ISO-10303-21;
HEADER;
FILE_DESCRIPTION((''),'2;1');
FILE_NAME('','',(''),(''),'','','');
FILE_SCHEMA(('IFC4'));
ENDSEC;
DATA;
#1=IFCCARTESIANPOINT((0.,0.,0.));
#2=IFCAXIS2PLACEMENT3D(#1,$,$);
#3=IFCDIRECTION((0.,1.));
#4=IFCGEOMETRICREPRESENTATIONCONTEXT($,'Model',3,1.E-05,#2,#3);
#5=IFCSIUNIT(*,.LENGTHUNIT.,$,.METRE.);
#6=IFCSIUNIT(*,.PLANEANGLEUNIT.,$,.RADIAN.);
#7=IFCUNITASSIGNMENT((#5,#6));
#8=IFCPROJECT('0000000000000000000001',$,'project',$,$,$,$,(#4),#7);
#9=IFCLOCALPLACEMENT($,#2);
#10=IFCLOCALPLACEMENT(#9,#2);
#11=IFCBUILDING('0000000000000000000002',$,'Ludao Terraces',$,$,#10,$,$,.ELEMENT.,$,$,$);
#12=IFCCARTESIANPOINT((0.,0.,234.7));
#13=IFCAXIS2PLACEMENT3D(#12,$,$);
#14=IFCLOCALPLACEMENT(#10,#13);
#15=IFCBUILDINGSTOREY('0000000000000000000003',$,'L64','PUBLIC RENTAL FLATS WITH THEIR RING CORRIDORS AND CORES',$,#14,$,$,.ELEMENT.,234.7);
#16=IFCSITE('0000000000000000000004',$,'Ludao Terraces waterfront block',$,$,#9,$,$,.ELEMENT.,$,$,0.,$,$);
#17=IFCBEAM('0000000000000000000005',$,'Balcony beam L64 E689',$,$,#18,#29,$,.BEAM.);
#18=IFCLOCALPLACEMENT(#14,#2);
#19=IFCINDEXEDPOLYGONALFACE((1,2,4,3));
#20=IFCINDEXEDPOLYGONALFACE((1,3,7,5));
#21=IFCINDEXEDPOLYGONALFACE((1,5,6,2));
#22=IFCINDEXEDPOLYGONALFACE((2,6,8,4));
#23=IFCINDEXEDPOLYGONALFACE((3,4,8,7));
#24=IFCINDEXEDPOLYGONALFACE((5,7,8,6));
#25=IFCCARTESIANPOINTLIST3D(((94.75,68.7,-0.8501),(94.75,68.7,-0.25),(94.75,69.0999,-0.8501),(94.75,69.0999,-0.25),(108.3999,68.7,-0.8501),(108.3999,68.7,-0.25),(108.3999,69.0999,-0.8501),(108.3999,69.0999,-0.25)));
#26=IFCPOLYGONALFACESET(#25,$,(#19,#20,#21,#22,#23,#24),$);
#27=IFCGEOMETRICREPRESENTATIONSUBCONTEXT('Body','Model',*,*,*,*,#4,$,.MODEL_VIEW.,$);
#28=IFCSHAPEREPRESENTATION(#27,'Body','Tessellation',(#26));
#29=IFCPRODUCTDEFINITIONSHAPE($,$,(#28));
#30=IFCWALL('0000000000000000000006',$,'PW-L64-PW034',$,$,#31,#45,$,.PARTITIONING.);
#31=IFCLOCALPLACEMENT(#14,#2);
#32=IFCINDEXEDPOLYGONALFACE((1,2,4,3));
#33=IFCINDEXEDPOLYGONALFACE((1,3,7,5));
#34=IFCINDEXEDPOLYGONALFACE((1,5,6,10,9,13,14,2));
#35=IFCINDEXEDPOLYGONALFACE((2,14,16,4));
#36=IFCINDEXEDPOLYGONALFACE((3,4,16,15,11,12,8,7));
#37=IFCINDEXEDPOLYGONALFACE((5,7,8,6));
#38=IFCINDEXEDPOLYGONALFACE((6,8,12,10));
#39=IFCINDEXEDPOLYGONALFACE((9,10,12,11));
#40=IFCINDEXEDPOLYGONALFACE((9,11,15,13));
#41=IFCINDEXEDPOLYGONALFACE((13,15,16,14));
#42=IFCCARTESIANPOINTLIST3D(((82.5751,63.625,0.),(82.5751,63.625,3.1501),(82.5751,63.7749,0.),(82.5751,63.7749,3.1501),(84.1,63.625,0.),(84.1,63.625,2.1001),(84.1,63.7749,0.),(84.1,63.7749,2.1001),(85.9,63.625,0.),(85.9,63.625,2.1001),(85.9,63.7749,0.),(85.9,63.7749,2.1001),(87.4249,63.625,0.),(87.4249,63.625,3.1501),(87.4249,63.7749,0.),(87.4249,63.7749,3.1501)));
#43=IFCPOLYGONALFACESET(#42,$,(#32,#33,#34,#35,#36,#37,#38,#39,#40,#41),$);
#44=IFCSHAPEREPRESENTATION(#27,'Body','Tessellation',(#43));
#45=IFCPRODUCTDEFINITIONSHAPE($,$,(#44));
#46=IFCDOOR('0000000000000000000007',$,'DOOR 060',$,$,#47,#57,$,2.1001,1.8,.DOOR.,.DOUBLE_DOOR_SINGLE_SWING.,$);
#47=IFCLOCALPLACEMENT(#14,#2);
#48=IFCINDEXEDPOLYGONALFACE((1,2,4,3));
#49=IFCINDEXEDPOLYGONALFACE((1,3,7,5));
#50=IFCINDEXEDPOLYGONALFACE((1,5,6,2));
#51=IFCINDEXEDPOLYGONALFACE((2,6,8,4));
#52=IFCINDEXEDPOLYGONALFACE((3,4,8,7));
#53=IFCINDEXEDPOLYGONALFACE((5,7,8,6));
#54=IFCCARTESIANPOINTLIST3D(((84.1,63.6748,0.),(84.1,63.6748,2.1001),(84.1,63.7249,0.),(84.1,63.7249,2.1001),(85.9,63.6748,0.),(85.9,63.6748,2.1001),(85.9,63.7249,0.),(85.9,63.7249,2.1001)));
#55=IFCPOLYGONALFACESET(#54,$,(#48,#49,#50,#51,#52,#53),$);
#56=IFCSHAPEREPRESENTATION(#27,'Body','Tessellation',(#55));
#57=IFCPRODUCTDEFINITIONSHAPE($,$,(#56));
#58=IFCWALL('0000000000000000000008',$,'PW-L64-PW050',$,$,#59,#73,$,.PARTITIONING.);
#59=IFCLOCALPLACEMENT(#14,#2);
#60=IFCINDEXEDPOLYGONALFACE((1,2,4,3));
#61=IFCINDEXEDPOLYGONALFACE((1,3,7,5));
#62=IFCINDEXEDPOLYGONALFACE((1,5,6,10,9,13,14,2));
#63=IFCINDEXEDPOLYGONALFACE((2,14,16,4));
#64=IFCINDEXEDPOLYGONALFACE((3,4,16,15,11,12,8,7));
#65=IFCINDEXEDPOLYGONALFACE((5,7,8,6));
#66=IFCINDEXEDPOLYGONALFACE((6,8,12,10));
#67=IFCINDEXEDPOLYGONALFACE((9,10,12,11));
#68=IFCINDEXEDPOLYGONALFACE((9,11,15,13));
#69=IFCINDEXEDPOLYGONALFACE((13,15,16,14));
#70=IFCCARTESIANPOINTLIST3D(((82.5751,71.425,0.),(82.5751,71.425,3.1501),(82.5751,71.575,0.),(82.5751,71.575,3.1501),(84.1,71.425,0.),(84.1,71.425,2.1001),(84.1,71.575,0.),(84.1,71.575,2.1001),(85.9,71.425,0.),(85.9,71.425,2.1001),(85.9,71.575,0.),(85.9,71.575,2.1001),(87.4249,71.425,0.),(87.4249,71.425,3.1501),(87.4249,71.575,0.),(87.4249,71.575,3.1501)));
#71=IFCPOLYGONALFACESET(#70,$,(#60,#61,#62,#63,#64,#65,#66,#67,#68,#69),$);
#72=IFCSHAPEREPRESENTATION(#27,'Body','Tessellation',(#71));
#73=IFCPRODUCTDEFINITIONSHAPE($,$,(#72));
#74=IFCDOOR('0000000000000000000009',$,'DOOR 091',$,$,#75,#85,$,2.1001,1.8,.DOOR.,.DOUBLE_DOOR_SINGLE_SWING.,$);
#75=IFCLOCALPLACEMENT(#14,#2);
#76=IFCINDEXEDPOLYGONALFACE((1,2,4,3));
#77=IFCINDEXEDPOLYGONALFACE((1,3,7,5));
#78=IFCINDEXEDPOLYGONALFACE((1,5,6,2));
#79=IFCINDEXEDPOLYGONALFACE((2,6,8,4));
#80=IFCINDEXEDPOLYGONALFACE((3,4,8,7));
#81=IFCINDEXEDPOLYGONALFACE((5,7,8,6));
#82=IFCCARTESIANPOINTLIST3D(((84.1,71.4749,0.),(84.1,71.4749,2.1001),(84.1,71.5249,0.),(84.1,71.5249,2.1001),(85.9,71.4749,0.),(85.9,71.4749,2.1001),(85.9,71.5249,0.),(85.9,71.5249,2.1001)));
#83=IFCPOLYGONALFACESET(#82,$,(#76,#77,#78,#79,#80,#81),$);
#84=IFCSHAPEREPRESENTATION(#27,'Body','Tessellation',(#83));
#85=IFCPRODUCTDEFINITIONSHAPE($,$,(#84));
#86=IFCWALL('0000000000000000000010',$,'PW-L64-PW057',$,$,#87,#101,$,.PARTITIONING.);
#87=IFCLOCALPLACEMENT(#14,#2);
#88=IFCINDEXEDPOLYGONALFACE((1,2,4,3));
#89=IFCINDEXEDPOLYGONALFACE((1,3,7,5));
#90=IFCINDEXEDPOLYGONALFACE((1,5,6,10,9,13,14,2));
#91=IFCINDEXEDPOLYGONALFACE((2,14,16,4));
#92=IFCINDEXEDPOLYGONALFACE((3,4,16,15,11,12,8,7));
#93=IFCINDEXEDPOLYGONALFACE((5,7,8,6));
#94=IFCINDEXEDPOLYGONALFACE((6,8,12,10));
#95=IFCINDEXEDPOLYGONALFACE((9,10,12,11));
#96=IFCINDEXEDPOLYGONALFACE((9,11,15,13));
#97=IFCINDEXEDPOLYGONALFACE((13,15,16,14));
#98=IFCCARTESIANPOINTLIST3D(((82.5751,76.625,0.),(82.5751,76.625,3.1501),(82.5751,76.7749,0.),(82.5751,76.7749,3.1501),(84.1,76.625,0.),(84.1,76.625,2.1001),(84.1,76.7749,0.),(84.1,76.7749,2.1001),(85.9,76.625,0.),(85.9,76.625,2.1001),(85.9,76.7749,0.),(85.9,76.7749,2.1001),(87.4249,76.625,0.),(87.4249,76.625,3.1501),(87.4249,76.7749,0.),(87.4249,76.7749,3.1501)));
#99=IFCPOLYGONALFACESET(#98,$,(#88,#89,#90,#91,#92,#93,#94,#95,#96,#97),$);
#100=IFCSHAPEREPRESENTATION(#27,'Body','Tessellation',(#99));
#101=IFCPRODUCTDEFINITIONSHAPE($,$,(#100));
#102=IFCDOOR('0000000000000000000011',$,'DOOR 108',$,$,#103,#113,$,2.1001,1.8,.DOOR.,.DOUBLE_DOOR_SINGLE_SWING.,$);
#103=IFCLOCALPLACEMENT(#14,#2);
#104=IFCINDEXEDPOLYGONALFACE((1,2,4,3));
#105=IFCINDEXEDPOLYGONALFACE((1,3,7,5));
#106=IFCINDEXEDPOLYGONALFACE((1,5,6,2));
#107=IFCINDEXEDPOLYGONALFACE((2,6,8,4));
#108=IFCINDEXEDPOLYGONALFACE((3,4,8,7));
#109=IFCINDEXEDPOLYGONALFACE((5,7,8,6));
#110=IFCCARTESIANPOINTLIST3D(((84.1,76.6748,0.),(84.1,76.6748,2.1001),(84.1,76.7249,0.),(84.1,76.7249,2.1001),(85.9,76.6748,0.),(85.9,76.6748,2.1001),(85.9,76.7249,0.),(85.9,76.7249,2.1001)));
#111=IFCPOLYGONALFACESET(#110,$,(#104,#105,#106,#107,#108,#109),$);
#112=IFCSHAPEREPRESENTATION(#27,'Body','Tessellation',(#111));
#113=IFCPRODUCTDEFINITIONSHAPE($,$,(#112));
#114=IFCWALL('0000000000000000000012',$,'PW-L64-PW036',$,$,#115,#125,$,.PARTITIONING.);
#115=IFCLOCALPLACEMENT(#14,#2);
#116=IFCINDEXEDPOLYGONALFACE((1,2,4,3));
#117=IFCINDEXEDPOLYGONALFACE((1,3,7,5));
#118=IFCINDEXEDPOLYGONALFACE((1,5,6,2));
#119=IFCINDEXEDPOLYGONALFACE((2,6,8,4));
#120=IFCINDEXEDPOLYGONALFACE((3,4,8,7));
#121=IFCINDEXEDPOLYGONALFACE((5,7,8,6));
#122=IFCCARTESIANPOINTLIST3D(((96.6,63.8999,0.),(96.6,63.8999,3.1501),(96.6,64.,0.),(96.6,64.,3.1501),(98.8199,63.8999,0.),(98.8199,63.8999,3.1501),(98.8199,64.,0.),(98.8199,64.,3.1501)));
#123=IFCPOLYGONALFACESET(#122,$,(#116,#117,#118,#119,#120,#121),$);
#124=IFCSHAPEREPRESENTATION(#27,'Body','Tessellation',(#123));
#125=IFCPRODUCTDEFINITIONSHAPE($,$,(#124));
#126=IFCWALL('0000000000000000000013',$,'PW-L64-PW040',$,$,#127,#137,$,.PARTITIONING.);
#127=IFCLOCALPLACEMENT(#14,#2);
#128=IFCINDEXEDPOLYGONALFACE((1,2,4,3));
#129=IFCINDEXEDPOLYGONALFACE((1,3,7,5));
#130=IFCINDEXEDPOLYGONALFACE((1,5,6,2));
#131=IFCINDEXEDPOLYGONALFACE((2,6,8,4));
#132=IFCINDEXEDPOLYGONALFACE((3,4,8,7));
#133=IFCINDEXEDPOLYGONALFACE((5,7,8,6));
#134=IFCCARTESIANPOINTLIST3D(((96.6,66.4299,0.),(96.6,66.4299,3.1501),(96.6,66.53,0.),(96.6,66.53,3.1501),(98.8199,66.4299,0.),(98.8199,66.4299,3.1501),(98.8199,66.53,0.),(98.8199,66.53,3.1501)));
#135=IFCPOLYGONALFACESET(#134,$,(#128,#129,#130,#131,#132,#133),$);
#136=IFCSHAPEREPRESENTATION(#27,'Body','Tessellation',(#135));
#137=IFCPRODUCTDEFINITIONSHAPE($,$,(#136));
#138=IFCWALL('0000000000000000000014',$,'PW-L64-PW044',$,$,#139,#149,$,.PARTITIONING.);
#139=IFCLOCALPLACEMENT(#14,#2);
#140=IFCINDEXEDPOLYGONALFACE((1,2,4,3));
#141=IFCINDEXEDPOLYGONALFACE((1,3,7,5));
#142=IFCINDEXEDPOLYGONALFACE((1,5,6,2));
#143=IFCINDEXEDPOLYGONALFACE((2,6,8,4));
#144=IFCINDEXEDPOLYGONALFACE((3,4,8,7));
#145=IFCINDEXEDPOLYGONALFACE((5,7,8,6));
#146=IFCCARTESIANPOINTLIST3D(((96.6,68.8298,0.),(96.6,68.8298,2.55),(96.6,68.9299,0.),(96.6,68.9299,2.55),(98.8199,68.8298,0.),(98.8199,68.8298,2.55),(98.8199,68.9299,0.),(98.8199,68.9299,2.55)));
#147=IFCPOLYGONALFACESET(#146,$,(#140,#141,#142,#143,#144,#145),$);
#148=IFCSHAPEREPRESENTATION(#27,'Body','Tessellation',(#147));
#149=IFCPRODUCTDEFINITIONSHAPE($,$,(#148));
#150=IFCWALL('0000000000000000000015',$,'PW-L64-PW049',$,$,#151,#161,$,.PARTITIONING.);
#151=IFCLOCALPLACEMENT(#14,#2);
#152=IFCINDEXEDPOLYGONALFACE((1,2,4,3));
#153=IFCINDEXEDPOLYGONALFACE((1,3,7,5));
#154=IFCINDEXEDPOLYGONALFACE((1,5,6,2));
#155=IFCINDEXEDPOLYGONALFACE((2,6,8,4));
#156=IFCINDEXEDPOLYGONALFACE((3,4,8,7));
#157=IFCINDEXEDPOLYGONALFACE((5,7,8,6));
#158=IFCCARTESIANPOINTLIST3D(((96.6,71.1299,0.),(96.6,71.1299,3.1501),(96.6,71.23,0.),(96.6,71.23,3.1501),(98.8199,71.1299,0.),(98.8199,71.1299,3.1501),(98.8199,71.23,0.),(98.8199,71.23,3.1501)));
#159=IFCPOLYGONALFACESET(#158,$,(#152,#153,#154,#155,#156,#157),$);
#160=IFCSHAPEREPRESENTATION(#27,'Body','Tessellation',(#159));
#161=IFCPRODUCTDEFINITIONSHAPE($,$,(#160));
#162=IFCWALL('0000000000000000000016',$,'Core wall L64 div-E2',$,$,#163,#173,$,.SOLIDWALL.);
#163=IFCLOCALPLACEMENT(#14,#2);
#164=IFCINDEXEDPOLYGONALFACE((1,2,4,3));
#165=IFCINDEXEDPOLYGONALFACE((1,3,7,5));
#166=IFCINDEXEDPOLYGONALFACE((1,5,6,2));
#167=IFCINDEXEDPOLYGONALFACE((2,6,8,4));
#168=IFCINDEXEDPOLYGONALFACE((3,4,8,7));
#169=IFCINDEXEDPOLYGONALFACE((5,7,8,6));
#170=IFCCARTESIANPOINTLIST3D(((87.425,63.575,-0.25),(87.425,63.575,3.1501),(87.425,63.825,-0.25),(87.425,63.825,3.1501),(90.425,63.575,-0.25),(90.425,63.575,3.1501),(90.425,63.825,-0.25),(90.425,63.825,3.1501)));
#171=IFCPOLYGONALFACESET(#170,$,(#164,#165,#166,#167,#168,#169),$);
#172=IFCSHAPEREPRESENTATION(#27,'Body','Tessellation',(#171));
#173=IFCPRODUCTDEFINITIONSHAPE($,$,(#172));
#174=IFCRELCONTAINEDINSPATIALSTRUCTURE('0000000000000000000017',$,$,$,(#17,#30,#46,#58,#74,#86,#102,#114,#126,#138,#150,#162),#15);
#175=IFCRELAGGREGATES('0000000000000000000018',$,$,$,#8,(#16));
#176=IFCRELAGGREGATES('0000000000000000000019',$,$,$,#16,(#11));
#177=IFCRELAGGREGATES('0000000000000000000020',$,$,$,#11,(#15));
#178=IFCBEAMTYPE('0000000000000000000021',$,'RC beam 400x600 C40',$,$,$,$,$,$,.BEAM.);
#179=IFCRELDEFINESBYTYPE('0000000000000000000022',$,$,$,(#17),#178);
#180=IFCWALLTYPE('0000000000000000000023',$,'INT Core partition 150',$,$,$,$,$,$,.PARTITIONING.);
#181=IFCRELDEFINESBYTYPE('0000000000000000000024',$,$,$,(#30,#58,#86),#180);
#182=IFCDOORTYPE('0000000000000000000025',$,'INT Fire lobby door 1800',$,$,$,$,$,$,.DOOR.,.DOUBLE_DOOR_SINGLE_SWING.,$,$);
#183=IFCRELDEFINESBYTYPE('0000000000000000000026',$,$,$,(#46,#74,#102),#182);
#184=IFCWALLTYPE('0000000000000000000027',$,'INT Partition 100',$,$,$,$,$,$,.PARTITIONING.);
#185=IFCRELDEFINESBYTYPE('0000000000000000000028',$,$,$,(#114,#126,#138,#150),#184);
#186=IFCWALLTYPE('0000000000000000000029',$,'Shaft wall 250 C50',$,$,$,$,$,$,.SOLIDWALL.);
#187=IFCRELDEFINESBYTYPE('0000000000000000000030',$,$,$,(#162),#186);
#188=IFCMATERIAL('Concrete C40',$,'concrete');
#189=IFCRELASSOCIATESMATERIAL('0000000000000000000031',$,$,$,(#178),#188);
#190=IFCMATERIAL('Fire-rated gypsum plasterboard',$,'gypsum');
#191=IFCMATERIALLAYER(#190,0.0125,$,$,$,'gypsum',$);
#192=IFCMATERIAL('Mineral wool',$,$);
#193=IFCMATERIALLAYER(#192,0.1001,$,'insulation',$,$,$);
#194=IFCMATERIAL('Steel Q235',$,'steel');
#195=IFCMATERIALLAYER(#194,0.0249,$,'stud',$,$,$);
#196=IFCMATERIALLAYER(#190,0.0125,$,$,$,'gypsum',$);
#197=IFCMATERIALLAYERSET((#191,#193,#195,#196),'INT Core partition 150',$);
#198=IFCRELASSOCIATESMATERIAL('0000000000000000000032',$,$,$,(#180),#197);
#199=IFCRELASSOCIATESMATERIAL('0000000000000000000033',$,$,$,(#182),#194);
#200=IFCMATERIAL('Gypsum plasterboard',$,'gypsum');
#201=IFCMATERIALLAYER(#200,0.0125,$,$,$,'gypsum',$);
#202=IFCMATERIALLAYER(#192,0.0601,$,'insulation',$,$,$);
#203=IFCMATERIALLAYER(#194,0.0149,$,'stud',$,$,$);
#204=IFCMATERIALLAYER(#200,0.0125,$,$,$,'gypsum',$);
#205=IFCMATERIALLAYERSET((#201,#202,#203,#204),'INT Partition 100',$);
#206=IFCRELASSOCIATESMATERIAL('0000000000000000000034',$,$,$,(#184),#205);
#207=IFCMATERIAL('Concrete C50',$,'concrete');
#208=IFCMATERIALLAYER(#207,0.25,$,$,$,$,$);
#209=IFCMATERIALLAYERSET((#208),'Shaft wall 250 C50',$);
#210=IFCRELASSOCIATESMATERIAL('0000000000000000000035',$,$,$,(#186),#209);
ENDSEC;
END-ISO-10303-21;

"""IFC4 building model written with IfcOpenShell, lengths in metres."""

from ifc_helpers import new_model, si_unit, direction, frame, frame_2d, origin, origin_2d, place, context, subcontext, project, spatial, rectangle, extrude, material, layer, layer_set, material_profile, profile_set, type_object, element, fill, save


model = new_model("IFC4")

# Units and contexts
model_context = context("Model", 3, precision=1e-05, world=origin(), true_north=direction((0.0, 1.0)))
body_context = subcontext(model_context, "Body", "Model", "MODEL_VIEW")
ifc_project = project(units=[si_unit("LENGTHUNIT", "METRE"), si_unit("PLANEANGLEUNIT", "RADIAN")], contexts=[model_context])

# Site, building, storey
site_placement = place(None, origin())
site = spatial("IfcSite", under=ifc_project, at=site_placement, Name="Ludao Terraces waterfront block", CompositionType="ELEMENT", RefElevation=0.0)
building_placement = place(site_placement, origin())
building = spatial("IfcBuilding", under=site, at=building_placement, Name="Ludao Terraces", CompositionType="ELEMENT")
storey_placement = place(building_placement, frame((0.0, 0.0, 234.7)))
storey = spatial("IfcBuildingStorey", under=building, at=storey_placement, Name="L64", Description="PUBLIC RENTAL FLATS WITH THEIR RING CORRIDORS AND CORES", CompositionType="ELEMENT", Elevation=234.7)

# Beam
ifc_material_1 = material(Name="Concrete C40", Category="concrete")
ifc_material_profile = material_profile(ifc_material_1, rectangle(XDim=0.3999, YDim=0.6001, at=origin_2d()), Name="400 X 600")
ifc_profile_set = profile_set([ifc_material_profile], Name="Concrete C40")
beam_type = type_object("IfcBeamType", Name="RC beam 400x600 C40", PredefinedType="BEAM", material=ifc_profile_set)
beam_placement = place(storey_placement, frame((94.75, 68.8999, -0.55), z_axis=(1.0, 0.0, 0.0), x_axis=(0.0, 1.0, 0.0)))
element("IfcBeam", 1, at=beam_placement, inside=storey, type_object=beam_type, Name="Balcony beam L64 E689", PredefinedType="BEAM", context=body_context, shape_type="SweptSolid", body=[
    extrude(rectangle(XDim=0.3999, YDim=0.6001, at=origin_2d()), origin(), (0.0, 0.0, 1.0), 13.6499),
])

# Walls, openings, doors
ifc_material_2 = material(Name="Fire-rated gypsum plasterboard", Category="gypsum")
ifc_layer_1 = layer(ifc_material_2, 0.0125, Category="gypsum")
ifc_material_3 = material(Name="Mineral wool")
ifc_layer_2 = layer(ifc_material_3, 0.1001, Name="insulation")
ifc_material_4 = material(Name="Steel Q235", Category="steel")
ifc_layer_3 = layer(ifc_material_4, 0.0249, Name="stud")
ifc_layer_4 = layer(ifc_material_2, 0.0125, Category="gypsum")
ifc_layer_set_1 = layer_set([ifc_layer_1, ifc_layer_2, ifc_layer_3, ifc_layer_4], Name="INT Core partition 150")
wall_type_1 = type_object("IfcWallType", Name="INT Core partition 150", PredefinedType="PARTITIONING", material=ifc_layer_set_1)
wall_1_placement = place(storey_placement, frame((82.5752, 63.7, 0.0), z_axis=(0.0, 0.0, 1.0), x_axis=(1.0, 0.0, 0.0)))
wall_1 = element("IfcWall", 2, at=wall_1_placement, inside=storey, type_object=wall_type_1, Name="PW-L64-PW034", PredefinedType="PARTITIONING", context=body_context, shape_type="SweptSolid", body=[
    extrude(rectangle(XDim=4.8499, YDim=0.1499, at=frame_2d((2.4248, 0.0))), origin(), (0.0, 0.0, 1.0), 3.1501),
])
opening_1_placement = place(wall_1_placement, frame((1.5249, 0.0, 0.0)))
opening_1 = element("IfcOpeningElement", 3, at=opening_1_placement, cuts=wall_1, PredefinedType="OPENING", context=body_context, shape_type="SweptSolid", body=[
    extrude(rectangle(XDim=1.8, YDim=2.1001, at=frame_2d((0.8999, 1.05))), frame((0.0, 0.085, 0.0), z_axis=(0.0, -1.0, 0.0), x_axis=(1.0, 0.0, 0.0)), (0.0, 0.0, 1.0), 0.1699),
])
door_type_1 = type_object("IfcDoorType", Name="INT Fire lobby door 1800", OperationType="DOUBLE_DOOR_SINGLE_SWING", PredefinedType="DOOR", material=ifc_material_4)
door_1_placement = place(opening_1_placement, origin())
door_1 = element("IfcDoor", 4, at=door_1_placement, inside=storey, type_object=door_type_1, Name="DOOR 060", OperationType="DOUBLE_DOOR_SINGLE_SWING", OverallHeight=2.1001, OverallWidth=1.8, PredefinedType="DOOR", context=body_context, shape_type="SweptSolid", body=[
    extrude(rectangle(XDim=1.8, YDim=2.1001, at=frame_2d((0.8999, 1.05))), frame((0.0, 0.0249, 0.0), z_axis=(0.0, -1.0, 0.0), x_axis=(1.0, 0.0, 0.0)), (0.0, 0.0, 1.0), 0.05),
])
fill(opening_1, door_1)
wall_2_placement = place(storey_placement, frame((82.5752, 71.5, 0.0), z_axis=(0.0, 0.0, 1.0), x_axis=(1.0, 0.0, 0.0)))
wall_2 = element("IfcWall", 5, at=wall_2_placement, inside=storey, type_object=wall_type_1, Name="PW-L64-PW050", PredefinedType="PARTITIONING", context=body_context, shape_type="SweptSolid", body=[
    extrude(rectangle(XDim=4.8499, YDim=0.1499, at=frame_2d((2.4248, 0.0))), origin(), (0.0, 0.0, 1.0), 3.1501),
])
opening_2_placement = place(wall_2_placement, frame((1.5249, 0.0, 0.0)))
opening_2 = element("IfcOpeningElement", 6, at=opening_2_placement, cuts=wall_2, PredefinedType="OPENING", context=body_context, shape_type="SweptSolid", body=[
    extrude(rectangle(XDim=1.8, YDim=2.1001, at=frame_2d((0.8999, 1.05))), frame((0.0, 0.085, 0.0), z_axis=(0.0, -1.0, 0.0), x_axis=(1.0, 0.0, 0.0)), (0.0, 0.0, 1.0), 0.1699),
])
door_2_placement = place(opening_2_placement, origin())
door_2 = element("IfcDoor", 7, at=door_2_placement, inside=storey, type_object=door_type_1, Name="DOOR 091", OperationType="DOUBLE_DOOR_SINGLE_SWING", OverallHeight=2.1001, OverallWidth=1.8, PredefinedType="DOOR", context=body_context, shape_type="SweptSolid", body=[
    extrude(rectangle(XDim=1.8, YDim=2.1001, at=frame_2d((0.8999, 1.05))), frame((0.0, 0.0249, 0.0), z_axis=(0.0, -1.0, 0.0), x_axis=(1.0, 0.0, 0.0)), (0.0, 0.0, 1.0), 0.05),
])
fill(opening_2, door_2)
wall_3_placement = place(storey_placement, frame((82.5752, 76.7, 0.0), z_axis=(0.0, 0.0, 1.0), x_axis=(1.0, 0.0, 0.0)))
wall_3 = element("IfcWall", 8, at=wall_3_placement, inside=storey, type_object=wall_type_1, Name="PW-L64-PW057", PredefinedType="PARTITIONING", context=body_context, shape_type="SweptSolid", body=[
    extrude(rectangle(XDim=4.8499, YDim=0.1499, at=frame_2d((2.4248, 0.0))), origin(), (0.0, 0.0, 1.0), 3.1501),
])
opening_3_placement = place(wall_3_placement, frame((1.5249, 0.0, 0.0)))
opening_3 = element("IfcOpeningElement", 9, at=opening_3_placement, cuts=wall_3, PredefinedType="OPENING", context=body_context, shape_type="SweptSolid", body=[
    extrude(rectangle(XDim=1.8, YDim=2.1001, at=frame_2d((0.8999, 1.05))), frame((0.0, 0.085, 0.0), z_axis=(0.0, -1.0, 0.0), x_axis=(1.0, 0.0, 0.0)), (0.0, 0.0, 1.0), 0.1699),
])
door_3_placement = place(opening_3_placement, origin())
door_3 = element("IfcDoor", 10, at=door_3_placement, inside=storey, type_object=door_type_1, Name="DOOR 108", OperationType="DOUBLE_DOOR_SINGLE_SWING", OverallHeight=2.1001, OverallWidth=1.8, PredefinedType="DOOR", context=body_context, shape_type="SweptSolid", body=[
    extrude(rectangle(XDim=1.8, YDim=2.1001, at=frame_2d((0.8999, 1.05))), frame((0.0, 0.0249, 0.0), z_axis=(0.0, -1.0, 0.0), x_axis=(1.0, 0.0, 0.0)), (0.0, 0.0, 1.0), 0.05),
])
fill(opening_3, door_3)

# Walls
ifc_material_5 = material(Name="Gypsum plasterboard", Category="gypsum")
ifc_layer_5 = layer(ifc_material_5, 0.0125, Category="gypsum")
ifc_layer_6 = layer(ifc_material_3, 0.0601, Name="insulation")
ifc_layer_7 = layer(ifc_material_4, 0.0149, Name="stud")
ifc_layer_8 = layer(ifc_material_5, 0.0125, Category="gypsum")
ifc_layer_set_2 = layer_set([ifc_layer_5, ifc_layer_6, ifc_layer_7, ifc_layer_8], Name="INT Partition 100")
wall_type_2 = type_object("IfcWallType", Name="INT Partition 100", PredefinedType="PARTITIONING", material=ifc_layer_set_2)
for number, where, z_axis, x_axis, name in (
    (11, (96.6001, 63.95, 0.0), (0.0, 0.0, 1.0), (1.0, 0.0, 0.0), "PW-L64-PW036"),
    (12, (96.6001, 66.48, 0.0), (0.0, 0.0, 1.0), (1.0, 0.0, 0.0), "PW-L64-PW040"),
):
    element("IfcWall", number, at=place(storey_placement, frame(where, z_axis=z_axis, x_axis=x_axis)), inside=storey, type_object=wall_type_2, Name=name, PredefinedType="PARTITIONING", context=body_context, shape_type="SweptSolid", body=[
        extrude(rectangle(XDim=2.22, YDim=0.1001, at=frame_2d((1.1099, 0.0))), origin(), (0.0, 0.0, 1.0), 3.1501),
    ])
wall_4_placement = place(storey_placement, frame((96.6001, 68.8799, 0.0), z_axis=(0.0, 0.0, 1.0), x_axis=(1.0, 0.0, 0.0)))
element("IfcWall", 13, at=wall_4_placement, inside=storey, type_object=wall_type_2, Name="PW-L64-PW044", PredefinedType="PARTITIONING", context=body_context, shape_type="SweptSolid", body=[
    extrude(rectangle(XDim=2.22, YDim=0.1001, at=frame_2d((1.1099, 0.0))), origin(), (0.0, 0.0, 1.0), 2.55),
])
wall_5_placement = place(storey_placement, frame((96.6001, 71.1799, 0.0), z_axis=(0.0, 0.0, 1.0), x_axis=(1.0, 0.0, 0.0)))
element("IfcWall", 14, at=wall_5_placement, inside=storey, type_object=wall_type_2, Name="PW-L64-PW049", PredefinedType="PARTITIONING", context=body_context, shape_type="SweptSolid", body=[
    extrude(rectangle(XDim=2.22, YDim=0.1001, at=frame_2d((1.1099, 0.0))), origin(), (0.0, 0.0, 1.0), 3.1501),
])
ifc_material_6 = material(Name="Concrete C50", Category="concrete")
ifc_layer_9 = layer(ifc_material_6, 0.25)
ifc_layer_set_3 = layer_set([ifc_layer_9], Name="Shaft wall 250 C50")
wall_type_3 = type_object("IfcWallType", Name="Shaft wall 250 C50", PredefinedType="SOLIDWALL", material=ifc_layer_set_3)
wall_6_placement = place(storey_placement, frame((87.425, 63.7, -0.25), z_axis=(0.0, 0.0, 1.0), x_axis=(1.0, 0.0, 0.0)))
element("IfcWall", 15, at=wall_6_placement, inside=storey, type_object=wall_type_3, Name="Core wall L64 div-E2", PredefinedType="SOLIDWALL", context=body_context, shape_type="SweptSolid", body=[
    extrude(rectangle(XDim=3.0, YDim=0.25, at=frame_2d((1.5, 0.0))), origin(), (0.0, 0.0, 1.0), 3.4001),
])

save(model, "model.ifc")
